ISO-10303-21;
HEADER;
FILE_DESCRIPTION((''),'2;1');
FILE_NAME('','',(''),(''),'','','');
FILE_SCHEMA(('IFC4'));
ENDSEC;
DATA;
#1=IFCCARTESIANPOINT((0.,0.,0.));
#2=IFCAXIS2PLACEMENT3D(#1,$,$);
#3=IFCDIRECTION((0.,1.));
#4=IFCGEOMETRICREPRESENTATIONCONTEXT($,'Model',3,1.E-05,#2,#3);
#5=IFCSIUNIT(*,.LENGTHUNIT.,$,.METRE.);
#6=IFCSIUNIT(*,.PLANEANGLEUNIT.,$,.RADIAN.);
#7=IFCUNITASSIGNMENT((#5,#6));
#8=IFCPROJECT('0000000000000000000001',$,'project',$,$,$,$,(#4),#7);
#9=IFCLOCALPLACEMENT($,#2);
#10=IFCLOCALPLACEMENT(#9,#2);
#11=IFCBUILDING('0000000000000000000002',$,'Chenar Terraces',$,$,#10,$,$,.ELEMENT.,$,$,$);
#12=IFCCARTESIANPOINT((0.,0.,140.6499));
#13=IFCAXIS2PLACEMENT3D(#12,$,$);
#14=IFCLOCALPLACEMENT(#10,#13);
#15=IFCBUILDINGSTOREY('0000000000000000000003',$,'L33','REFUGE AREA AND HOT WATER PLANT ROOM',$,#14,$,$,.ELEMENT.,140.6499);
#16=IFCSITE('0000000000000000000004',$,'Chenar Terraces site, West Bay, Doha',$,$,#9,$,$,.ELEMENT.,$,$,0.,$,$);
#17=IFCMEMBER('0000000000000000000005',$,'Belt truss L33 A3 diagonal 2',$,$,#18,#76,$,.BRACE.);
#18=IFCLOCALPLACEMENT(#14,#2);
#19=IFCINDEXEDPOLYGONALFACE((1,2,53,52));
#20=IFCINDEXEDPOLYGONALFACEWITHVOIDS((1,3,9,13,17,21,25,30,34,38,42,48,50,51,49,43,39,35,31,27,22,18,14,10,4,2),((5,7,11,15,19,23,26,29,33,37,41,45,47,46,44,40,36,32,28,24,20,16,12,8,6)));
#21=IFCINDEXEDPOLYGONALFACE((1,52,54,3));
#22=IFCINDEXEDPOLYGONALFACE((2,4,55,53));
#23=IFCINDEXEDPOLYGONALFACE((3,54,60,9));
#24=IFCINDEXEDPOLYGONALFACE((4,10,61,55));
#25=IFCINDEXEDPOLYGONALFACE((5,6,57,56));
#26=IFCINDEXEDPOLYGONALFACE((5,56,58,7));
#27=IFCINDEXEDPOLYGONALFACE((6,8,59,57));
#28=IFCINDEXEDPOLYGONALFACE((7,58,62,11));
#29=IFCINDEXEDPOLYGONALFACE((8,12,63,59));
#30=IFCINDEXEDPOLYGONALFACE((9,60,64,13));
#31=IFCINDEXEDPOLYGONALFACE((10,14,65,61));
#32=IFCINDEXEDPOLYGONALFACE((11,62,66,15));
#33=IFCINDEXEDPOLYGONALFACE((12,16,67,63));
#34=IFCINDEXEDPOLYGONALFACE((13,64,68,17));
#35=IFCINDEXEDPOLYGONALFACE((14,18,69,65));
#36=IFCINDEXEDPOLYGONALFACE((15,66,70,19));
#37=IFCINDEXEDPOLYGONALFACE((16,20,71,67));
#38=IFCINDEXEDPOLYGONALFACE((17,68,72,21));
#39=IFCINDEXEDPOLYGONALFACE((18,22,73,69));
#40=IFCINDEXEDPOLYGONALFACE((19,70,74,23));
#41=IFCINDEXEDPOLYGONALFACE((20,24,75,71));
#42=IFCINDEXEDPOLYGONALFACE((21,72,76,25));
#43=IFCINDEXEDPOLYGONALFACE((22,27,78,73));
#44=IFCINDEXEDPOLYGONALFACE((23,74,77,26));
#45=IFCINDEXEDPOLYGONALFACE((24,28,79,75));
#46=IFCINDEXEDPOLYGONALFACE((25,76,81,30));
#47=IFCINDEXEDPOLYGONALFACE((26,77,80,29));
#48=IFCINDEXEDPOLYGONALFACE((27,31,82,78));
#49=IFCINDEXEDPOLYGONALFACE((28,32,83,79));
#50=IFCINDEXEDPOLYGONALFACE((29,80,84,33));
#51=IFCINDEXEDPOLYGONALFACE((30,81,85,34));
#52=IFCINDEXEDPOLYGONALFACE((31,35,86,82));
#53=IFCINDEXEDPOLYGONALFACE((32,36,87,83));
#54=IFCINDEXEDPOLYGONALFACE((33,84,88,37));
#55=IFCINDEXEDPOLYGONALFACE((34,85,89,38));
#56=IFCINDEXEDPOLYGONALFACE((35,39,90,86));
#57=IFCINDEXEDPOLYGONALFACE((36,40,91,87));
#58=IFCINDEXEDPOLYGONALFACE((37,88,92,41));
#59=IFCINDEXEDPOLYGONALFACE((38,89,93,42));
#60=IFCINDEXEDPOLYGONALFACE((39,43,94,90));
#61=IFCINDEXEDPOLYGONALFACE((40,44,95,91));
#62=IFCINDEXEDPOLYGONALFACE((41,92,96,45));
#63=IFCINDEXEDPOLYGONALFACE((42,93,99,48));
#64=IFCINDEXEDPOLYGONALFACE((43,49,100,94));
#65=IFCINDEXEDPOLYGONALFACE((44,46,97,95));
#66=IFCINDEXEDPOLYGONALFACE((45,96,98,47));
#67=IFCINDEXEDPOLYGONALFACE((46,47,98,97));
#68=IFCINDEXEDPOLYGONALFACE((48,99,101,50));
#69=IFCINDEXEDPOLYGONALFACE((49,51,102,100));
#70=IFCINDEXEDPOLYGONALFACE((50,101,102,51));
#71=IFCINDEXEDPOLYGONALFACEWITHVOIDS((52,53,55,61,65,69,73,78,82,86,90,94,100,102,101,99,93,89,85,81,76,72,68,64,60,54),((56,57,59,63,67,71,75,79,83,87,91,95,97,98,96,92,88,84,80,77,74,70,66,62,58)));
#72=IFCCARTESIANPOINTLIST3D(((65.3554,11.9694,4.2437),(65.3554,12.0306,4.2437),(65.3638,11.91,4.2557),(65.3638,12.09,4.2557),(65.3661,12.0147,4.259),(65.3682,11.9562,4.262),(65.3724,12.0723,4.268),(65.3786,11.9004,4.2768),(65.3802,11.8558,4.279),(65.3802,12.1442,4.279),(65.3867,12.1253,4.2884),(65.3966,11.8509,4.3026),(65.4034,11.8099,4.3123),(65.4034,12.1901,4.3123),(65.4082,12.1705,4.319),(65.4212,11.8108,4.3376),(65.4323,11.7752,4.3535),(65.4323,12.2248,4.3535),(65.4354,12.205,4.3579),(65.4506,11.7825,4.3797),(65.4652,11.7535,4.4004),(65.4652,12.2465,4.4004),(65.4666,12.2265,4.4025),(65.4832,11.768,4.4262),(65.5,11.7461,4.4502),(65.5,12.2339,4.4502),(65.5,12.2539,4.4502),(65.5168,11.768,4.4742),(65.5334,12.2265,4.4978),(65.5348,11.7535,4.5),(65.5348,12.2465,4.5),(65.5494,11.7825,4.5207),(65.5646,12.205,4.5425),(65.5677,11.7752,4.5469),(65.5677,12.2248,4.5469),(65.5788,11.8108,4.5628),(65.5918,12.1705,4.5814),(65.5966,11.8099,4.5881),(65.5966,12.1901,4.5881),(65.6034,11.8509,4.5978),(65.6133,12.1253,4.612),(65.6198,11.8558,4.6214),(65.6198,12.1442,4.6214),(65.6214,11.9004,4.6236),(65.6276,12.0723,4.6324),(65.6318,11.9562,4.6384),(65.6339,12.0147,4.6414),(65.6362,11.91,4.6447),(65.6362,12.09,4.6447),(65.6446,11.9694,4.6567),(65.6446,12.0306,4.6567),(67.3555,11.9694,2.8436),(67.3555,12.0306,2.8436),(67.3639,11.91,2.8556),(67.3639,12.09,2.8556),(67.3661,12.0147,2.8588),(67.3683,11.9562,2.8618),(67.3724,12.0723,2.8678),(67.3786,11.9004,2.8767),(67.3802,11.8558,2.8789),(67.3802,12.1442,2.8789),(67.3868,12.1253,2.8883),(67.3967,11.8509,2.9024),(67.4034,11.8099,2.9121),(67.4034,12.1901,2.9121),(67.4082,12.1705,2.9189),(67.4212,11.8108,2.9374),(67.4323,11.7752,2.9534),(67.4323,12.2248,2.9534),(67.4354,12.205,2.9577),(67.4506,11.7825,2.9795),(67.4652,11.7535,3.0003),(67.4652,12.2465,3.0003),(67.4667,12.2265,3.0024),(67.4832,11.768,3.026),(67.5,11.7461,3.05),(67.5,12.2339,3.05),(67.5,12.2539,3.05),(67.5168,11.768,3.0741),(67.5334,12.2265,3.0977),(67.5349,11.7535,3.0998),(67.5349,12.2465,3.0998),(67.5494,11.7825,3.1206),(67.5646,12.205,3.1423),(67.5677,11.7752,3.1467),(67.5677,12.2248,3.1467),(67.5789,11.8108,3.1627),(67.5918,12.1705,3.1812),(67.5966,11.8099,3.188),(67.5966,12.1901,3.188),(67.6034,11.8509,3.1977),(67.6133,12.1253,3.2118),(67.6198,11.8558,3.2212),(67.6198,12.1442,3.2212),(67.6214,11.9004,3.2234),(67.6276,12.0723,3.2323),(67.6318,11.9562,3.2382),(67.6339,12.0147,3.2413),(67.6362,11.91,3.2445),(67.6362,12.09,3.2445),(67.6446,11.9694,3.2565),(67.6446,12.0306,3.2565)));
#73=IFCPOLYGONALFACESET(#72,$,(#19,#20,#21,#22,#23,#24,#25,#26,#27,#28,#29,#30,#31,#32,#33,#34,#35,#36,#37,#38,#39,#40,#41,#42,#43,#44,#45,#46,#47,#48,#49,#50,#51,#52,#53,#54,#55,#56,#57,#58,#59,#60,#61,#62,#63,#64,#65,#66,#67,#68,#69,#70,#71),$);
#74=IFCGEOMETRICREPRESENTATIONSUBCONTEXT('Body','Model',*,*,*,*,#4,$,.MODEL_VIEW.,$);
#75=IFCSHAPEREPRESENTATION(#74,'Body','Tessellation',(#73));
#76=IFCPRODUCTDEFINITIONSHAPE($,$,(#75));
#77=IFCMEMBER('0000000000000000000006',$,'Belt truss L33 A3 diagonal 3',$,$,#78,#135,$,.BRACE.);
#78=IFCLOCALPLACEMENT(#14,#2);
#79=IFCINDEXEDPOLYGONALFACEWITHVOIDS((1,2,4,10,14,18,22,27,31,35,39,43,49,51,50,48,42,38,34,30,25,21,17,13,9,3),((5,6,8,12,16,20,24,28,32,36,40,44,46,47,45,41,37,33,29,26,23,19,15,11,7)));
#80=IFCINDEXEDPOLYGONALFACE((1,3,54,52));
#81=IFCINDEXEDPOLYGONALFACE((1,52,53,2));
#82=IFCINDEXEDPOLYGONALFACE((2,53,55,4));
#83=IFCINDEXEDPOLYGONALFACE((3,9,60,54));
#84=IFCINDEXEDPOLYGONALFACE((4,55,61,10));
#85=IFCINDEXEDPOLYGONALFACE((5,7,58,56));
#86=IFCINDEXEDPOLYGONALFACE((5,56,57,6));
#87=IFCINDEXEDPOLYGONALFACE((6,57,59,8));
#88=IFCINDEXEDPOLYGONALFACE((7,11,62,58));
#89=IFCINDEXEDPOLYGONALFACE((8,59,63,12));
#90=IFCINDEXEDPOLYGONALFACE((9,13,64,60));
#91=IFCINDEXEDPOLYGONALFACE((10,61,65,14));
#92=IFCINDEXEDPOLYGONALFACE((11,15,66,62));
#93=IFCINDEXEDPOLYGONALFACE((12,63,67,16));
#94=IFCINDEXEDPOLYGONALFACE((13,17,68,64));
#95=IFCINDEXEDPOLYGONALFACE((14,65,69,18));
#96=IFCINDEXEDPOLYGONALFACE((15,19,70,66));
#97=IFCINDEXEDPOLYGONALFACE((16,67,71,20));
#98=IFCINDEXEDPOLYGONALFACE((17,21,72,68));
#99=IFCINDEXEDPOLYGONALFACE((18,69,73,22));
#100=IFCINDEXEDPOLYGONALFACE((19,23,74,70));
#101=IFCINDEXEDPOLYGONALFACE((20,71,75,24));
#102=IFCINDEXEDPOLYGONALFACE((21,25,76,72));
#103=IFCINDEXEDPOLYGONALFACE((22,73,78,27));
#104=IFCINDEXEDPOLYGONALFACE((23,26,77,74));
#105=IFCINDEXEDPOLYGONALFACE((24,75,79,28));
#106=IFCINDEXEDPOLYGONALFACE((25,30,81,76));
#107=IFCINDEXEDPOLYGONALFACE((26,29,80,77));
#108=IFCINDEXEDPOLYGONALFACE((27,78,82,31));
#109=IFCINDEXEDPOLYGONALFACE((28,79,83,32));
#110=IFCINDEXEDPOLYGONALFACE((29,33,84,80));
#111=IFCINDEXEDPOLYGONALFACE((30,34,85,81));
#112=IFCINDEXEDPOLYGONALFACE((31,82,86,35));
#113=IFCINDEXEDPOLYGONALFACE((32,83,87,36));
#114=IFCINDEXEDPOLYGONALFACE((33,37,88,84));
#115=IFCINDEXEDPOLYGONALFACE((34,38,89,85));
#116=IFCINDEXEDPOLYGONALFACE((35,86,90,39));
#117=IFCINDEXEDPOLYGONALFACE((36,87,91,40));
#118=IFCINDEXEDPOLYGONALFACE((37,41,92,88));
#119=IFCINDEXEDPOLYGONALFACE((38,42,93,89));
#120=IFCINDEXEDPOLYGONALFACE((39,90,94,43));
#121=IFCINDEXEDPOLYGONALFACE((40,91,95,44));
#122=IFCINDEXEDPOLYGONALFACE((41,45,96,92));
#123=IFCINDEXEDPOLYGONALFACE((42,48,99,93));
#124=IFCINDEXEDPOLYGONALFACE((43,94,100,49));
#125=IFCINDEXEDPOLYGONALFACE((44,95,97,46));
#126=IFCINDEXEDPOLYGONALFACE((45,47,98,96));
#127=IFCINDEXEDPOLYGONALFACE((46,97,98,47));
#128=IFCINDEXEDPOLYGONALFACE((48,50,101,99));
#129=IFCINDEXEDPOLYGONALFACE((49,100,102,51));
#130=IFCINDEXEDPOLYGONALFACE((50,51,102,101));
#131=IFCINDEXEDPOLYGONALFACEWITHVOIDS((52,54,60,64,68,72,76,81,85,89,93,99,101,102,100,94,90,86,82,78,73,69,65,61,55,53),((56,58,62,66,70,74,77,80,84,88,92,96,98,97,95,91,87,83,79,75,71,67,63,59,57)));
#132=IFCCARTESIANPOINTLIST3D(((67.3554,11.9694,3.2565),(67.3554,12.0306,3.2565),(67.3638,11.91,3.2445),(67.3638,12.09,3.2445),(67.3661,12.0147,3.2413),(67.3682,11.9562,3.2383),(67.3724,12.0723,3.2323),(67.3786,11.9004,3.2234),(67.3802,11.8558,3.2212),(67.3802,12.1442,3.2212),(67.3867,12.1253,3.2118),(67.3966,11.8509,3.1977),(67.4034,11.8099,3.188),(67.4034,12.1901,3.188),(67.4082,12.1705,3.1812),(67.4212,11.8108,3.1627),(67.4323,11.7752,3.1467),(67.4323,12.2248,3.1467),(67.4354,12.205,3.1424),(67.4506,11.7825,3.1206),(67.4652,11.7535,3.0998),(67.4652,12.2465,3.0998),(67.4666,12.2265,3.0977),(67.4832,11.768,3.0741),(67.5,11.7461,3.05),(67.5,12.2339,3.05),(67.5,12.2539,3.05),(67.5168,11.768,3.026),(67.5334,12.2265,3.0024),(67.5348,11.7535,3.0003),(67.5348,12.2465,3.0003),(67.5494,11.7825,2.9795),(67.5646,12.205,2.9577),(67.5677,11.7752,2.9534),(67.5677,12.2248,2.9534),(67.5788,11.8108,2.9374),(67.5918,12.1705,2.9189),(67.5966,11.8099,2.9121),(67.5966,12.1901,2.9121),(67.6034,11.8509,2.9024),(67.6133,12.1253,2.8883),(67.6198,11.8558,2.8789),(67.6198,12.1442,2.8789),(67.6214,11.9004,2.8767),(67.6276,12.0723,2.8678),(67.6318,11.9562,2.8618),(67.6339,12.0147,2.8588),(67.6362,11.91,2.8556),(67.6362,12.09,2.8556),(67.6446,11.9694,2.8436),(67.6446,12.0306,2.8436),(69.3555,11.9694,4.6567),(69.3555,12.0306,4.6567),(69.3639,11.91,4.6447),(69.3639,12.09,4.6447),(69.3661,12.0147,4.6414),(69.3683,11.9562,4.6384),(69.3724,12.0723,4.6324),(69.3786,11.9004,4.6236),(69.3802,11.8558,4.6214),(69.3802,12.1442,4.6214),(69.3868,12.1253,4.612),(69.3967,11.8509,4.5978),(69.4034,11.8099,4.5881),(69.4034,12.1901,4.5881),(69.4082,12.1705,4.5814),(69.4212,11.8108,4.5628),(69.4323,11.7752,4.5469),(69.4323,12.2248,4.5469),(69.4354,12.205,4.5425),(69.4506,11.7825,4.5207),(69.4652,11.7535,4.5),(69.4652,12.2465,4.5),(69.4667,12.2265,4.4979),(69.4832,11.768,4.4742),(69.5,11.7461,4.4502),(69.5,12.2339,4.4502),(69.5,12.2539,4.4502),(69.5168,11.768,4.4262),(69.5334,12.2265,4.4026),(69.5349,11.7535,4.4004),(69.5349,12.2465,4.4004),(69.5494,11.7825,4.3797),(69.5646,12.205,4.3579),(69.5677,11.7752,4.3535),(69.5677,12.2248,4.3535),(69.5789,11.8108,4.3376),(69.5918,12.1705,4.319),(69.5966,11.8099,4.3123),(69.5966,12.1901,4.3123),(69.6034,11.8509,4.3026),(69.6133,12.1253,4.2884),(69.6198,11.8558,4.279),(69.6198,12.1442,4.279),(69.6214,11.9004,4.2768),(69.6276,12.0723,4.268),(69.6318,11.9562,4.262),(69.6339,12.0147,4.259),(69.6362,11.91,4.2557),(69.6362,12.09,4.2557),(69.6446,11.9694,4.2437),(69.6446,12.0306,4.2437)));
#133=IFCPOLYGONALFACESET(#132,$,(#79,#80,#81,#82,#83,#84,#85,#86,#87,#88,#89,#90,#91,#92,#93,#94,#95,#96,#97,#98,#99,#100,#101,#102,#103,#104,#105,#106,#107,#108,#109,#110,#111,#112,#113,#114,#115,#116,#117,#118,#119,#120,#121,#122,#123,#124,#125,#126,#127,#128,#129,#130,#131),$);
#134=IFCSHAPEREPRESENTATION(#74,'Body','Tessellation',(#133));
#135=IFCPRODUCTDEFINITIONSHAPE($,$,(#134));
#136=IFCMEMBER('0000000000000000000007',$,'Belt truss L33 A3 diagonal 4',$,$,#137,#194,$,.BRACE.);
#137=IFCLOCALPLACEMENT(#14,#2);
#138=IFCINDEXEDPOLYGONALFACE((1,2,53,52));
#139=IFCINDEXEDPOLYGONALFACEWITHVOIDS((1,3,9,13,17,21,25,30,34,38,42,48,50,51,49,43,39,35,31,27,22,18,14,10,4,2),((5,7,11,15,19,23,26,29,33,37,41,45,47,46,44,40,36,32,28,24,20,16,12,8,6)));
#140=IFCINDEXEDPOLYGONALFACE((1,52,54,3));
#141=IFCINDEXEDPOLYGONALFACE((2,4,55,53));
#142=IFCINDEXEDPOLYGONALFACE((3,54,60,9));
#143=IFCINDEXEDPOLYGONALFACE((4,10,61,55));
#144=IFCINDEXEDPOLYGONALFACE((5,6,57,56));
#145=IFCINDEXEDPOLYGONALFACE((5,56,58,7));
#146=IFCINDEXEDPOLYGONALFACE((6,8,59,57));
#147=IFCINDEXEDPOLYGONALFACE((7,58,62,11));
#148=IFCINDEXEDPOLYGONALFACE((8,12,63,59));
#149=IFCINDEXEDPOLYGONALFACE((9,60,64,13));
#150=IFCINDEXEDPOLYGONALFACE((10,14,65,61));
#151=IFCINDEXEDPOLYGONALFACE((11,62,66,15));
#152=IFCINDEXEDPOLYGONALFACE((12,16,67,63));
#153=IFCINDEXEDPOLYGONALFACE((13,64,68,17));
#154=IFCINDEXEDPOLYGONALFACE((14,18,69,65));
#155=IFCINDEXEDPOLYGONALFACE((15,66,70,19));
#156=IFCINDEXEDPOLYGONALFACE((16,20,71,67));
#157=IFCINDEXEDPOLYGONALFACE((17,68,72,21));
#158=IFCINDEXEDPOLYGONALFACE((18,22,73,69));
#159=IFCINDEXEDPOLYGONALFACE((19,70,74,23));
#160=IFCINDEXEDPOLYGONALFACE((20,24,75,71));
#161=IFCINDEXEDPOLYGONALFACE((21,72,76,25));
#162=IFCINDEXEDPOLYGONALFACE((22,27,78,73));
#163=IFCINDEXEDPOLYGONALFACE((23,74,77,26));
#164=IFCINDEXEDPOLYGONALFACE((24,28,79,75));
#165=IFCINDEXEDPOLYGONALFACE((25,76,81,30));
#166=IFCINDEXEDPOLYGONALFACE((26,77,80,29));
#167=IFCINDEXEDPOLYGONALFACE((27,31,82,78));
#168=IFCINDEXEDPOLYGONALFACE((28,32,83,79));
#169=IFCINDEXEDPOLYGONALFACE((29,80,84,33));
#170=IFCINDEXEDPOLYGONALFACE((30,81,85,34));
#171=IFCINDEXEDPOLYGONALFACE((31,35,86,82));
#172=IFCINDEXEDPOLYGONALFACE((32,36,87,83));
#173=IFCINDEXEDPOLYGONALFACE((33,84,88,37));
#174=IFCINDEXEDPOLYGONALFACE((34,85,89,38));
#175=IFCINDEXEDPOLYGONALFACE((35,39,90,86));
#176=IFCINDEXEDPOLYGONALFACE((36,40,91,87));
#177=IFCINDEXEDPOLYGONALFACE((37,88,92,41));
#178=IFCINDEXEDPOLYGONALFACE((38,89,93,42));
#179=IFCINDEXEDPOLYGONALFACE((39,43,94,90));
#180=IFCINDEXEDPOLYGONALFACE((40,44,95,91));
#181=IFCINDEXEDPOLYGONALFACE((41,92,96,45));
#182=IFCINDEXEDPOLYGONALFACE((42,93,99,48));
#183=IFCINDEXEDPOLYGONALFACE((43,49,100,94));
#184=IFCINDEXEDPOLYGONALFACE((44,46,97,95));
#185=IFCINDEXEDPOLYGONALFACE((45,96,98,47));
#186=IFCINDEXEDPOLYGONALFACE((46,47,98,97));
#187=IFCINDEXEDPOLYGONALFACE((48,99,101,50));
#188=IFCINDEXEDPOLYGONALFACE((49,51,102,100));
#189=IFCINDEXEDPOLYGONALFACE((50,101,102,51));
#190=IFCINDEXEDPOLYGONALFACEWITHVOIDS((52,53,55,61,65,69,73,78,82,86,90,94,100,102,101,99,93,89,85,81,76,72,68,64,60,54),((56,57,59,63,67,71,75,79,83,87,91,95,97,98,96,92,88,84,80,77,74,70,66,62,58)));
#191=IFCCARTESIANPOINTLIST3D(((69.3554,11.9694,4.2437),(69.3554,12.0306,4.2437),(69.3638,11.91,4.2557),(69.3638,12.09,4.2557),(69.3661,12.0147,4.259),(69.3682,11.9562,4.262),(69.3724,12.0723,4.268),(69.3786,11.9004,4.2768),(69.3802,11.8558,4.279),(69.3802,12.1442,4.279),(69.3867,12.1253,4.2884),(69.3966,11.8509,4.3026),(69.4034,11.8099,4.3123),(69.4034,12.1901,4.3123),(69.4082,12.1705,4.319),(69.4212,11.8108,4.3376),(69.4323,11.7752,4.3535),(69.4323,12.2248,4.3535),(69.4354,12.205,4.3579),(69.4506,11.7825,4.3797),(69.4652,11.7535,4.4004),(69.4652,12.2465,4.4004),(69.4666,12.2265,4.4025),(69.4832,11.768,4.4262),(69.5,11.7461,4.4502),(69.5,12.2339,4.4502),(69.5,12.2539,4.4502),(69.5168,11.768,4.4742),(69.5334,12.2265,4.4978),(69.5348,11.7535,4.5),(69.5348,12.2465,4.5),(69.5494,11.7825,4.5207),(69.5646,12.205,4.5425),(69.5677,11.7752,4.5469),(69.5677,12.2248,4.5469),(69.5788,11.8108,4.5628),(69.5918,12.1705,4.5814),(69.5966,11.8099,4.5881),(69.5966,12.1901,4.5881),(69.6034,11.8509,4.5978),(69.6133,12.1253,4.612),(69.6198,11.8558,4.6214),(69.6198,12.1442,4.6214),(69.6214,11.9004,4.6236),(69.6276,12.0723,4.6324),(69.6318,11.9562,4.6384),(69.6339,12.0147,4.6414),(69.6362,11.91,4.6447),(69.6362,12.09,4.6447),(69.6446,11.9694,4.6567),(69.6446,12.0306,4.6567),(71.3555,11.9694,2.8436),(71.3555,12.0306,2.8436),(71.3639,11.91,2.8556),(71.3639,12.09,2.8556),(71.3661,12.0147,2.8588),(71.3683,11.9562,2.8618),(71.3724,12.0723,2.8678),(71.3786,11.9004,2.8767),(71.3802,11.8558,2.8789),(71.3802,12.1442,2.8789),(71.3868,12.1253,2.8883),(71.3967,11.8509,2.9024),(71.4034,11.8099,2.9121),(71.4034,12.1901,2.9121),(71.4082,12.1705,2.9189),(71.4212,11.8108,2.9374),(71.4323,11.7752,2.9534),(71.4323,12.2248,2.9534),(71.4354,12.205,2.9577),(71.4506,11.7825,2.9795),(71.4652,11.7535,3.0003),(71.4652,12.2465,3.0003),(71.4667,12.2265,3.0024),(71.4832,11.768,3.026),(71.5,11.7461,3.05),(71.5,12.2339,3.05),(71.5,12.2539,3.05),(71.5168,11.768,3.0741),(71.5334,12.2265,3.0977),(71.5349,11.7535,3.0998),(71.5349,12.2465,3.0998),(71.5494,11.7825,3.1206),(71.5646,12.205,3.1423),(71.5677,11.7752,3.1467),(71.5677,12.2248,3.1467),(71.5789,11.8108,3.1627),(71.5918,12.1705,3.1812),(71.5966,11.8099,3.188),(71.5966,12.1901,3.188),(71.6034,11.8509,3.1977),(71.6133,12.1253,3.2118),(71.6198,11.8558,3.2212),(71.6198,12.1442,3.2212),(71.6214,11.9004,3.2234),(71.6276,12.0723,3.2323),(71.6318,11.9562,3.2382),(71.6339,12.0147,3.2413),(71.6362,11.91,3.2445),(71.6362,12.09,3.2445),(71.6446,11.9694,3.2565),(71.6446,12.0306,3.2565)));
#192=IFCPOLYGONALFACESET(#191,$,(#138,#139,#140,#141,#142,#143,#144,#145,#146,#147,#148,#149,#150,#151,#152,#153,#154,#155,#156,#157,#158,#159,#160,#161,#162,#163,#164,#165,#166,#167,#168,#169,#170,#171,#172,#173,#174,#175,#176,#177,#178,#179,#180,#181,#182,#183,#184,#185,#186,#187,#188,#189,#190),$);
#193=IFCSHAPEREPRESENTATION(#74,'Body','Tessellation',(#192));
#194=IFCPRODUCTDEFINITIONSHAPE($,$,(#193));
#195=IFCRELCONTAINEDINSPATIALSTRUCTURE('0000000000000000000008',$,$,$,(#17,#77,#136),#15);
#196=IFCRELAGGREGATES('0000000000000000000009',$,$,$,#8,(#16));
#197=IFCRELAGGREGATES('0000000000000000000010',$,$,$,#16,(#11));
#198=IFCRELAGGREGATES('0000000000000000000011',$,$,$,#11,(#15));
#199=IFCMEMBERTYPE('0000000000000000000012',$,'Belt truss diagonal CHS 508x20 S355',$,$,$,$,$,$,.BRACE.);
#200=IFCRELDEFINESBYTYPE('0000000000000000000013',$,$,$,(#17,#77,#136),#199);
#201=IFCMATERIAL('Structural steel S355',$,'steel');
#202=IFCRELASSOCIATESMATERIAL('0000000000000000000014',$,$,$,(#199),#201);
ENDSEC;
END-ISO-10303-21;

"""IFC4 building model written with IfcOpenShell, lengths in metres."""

from ifc_helpers import new_model, si_unit, direction, frame, origin, origin_2d, place, context, subcontext, project, spatial, hollow_circle, extrude, material, material_profile, profile_set, type_object, element, save


model = new_model("IFC4")

# Units and contexts
model_context = context("Model", 3, precision=1e-05, world=origin(), true_north=direction((0.0, 1.0)))
body_context = subcontext(model_context, "Body", "Model", "MODEL_VIEW")
ifc_project = project(units=[si_unit("LENGTHUNIT", "METRE"), si_unit("PLANEANGLEUNIT", "RADIAN")], contexts=[model_context])

# Site, building, storey
site_placement = place(None, origin())
site = spatial("IfcSite", under=ifc_project, at=site_placement, Name="Chenar Terraces site, West Bay, Doha", CompositionType="ELEMENT", RefElevation=0.0)
building_placement = place(site_placement, origin())
building = spatial("IfcBuilding", under=site, at=building_placement, Name="Chenar Terraces", CompositionType="ELEMENT")
storey_placement = place(building_placement, frame((0.0, 0.0, 140.6499)))
storey = spatial("IfcBuildingStorey", under=building, at=storey_placement, Name="L33", Description="REFUGE AREA AND HOT WATER PLANT ROOM", CompositionType="ELEMENT", Elevation=140.6499)

# Members
ifc_material_1 = material(Name="Structural steel S355", Category="steel")
ifc_material_profile_1 = material_profile(ifc_material_1, hollow_circle(Radius=0.2539, WallThickness=0.02, at=origin_2d()), Name="CHS 508x20")
ifc_profile_set_1 = profile_set([ifc_material_profile_1], Name="Structural steel S355")
member_type = type_object("IfcMemberType", Name="Belt truss diagonal CHS 508x20 S355", PredefinedType="BRACE", material=ifc_profile_set_1)
for number, where, z_axis, x_axis, name in (
    (1, (65.5, 12.0, 4.4502), (0.819204, 0.0, -0.573503), (0.0, 1.0, 0.0), "Belt truss L33 A3 diagonal 2"),
    (2, (67.5, 12.0, 3.05), (0.819204, 0.0, 0.573503), (0.0, 1.0, 0.0), "Belt truss L33 A3 diagonal 3"),
    (3, (69.5, 12.0, 4.4502), (0.819204, 0.0, -0.573503), (0.0, 1.0, 0.0), "Belt truss L33 A3 diagonal 4"),
):
    element("IfcMember", number, at=place(storey_placement, frame(where, z_axis=z_axis, x_axis=x_axis)), inside=storey, type_object=member_type, Name=name, PredefinedType="BRACE", context=body_context, shape_type="SweptSolid", body=[
        extrude(hollow_circle(Radius=0.2539, WallThickness=0.02, at=origin_2d()), origin(), (0.0, 0.0, 1.0), 2.4414),
    ])

save(model, "model.ifc")
